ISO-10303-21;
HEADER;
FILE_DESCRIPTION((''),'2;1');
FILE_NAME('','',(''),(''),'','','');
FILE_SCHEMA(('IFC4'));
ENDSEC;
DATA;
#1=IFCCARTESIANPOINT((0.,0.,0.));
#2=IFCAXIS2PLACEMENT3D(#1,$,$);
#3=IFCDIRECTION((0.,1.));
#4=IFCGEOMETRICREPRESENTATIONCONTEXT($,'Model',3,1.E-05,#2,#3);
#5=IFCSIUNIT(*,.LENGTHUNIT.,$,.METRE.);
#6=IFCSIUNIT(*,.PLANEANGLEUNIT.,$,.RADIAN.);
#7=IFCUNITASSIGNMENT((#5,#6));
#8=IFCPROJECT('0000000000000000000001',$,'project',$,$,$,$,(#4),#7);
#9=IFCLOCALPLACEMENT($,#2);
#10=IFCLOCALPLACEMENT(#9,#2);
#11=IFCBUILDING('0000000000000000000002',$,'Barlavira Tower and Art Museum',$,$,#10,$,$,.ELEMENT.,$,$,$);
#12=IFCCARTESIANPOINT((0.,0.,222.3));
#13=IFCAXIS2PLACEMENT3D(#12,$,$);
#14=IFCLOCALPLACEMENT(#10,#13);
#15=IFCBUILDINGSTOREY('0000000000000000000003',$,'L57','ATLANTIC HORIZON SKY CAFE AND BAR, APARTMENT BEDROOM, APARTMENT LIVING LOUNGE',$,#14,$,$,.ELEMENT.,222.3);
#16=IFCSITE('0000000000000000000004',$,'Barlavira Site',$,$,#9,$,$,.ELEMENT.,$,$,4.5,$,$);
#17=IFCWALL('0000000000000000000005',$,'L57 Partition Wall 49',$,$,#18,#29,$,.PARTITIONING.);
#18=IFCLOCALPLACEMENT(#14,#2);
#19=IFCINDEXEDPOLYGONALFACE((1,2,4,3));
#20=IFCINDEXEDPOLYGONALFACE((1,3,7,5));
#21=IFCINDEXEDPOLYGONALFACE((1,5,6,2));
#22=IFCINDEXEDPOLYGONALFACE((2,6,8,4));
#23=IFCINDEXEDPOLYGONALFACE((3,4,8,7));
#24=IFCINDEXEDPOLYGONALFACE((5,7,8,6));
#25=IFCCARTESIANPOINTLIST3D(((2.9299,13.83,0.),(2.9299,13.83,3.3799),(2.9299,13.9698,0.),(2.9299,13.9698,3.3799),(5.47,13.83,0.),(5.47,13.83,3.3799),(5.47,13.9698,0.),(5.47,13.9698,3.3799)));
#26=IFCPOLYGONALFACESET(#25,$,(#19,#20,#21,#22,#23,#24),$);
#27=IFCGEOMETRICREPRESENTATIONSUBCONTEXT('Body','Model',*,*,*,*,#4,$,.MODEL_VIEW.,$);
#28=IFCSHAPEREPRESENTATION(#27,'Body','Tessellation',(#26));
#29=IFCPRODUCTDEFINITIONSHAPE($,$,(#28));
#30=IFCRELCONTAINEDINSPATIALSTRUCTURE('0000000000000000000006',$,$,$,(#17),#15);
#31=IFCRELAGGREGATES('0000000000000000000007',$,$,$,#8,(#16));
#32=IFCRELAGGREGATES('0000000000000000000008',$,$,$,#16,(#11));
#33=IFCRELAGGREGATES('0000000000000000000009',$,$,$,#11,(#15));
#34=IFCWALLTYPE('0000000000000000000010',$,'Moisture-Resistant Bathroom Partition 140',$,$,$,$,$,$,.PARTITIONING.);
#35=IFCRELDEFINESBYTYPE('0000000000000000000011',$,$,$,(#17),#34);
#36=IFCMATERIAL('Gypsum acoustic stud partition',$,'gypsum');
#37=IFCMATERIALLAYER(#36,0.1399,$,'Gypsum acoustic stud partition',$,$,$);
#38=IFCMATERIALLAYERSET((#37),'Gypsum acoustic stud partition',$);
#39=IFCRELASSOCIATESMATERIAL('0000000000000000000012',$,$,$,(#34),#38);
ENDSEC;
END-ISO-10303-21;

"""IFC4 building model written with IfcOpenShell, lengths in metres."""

from ifc_helpers import new_model, si_unit, direction, frame, frame_2d, origin, place, context, subcontext, project, spatial, rectangle, extrude, material, layer, layer_set, type_object, element, save


model = new_model("IFC4")

# Units and contexts
model_context = context("Model", 3, precision=1e-05, world=origin(), true_north=direction((0.0, 1.0)))
body_context = subcontext(model_context, "Body", "Model", "MODEL_VIEW")
ifc_project = project(units=[si_unit("LENGTHUNIT", "METRE"), si_unit("PLANEANGLEUNIT", "RADIAN")], contexts=[model_context])

# Site, building, storey
site_placement = place(None, origin())
site = spatial("IfcSite", under=ifc_project, at=site_placement, Name="Barlavira Site", CompositionType="ELEMENT", RefElevation=4.5)
building_placement = place(site_placement, origin())
building = spatial("IfcBuilding", under=site, at=building_placement, Name="Barlavira Tower and Art Museum", CompositionType="ELEMENT")
storey_placement = place(building_placement, frame((0.0, 0.0, 222.3)))
storey = spatial("IfcBuildingStorey", under=building, at=storey_placement, Name="L57", Description="ATLANTIC HORIZON SKY CAFE AND BAR, APARTMENT BEDROOM, APARTMENT LIVING LOUNGE", CompositionType="ELEMENT", Elevation=222.3)

# Shared definitions
ifc_material_1 = material(Name="Gypsum acoustic stud partition", Category="gypsum")

# Wall
ifc_layer_1 = layer(ifc_material_1, 0.1399, Name="Gypsum acoustic stud partition")
ifc_layer_set_1 = layer_set([ifc_layer_1], Name="Gypsum acoustic stud partition")
wall_type_1 = type_object("IfcWallType", Name="Moisture-Resistant Bathroom Partition 140", PredefinedType="PARTITIONING", material=ifc_layer_set_1)
wall_1_placement = place(storey_placement, frame((2.9299, 13.8999, 0.0), z_axis=(0.0, 0.0, 1.0), x_axis=(1.0, 0.0, 0.0)))
element("IfcWall", 1, at=wall_1_placement, inside=storey, type_object=wall_type_1, Name="L57 Partition Wall 49", PredefinedType="PARTITIONING", context=body_context, shape_type="SweptSolid", body=[
    extrude(rectangle(XDim=2.54, YDim=0.1399, at=frame_2d((1.27, 0.0))), origin(), (0.0, 0.0, 1.0), 3.3799),
])

save(model, "model.ifc")
